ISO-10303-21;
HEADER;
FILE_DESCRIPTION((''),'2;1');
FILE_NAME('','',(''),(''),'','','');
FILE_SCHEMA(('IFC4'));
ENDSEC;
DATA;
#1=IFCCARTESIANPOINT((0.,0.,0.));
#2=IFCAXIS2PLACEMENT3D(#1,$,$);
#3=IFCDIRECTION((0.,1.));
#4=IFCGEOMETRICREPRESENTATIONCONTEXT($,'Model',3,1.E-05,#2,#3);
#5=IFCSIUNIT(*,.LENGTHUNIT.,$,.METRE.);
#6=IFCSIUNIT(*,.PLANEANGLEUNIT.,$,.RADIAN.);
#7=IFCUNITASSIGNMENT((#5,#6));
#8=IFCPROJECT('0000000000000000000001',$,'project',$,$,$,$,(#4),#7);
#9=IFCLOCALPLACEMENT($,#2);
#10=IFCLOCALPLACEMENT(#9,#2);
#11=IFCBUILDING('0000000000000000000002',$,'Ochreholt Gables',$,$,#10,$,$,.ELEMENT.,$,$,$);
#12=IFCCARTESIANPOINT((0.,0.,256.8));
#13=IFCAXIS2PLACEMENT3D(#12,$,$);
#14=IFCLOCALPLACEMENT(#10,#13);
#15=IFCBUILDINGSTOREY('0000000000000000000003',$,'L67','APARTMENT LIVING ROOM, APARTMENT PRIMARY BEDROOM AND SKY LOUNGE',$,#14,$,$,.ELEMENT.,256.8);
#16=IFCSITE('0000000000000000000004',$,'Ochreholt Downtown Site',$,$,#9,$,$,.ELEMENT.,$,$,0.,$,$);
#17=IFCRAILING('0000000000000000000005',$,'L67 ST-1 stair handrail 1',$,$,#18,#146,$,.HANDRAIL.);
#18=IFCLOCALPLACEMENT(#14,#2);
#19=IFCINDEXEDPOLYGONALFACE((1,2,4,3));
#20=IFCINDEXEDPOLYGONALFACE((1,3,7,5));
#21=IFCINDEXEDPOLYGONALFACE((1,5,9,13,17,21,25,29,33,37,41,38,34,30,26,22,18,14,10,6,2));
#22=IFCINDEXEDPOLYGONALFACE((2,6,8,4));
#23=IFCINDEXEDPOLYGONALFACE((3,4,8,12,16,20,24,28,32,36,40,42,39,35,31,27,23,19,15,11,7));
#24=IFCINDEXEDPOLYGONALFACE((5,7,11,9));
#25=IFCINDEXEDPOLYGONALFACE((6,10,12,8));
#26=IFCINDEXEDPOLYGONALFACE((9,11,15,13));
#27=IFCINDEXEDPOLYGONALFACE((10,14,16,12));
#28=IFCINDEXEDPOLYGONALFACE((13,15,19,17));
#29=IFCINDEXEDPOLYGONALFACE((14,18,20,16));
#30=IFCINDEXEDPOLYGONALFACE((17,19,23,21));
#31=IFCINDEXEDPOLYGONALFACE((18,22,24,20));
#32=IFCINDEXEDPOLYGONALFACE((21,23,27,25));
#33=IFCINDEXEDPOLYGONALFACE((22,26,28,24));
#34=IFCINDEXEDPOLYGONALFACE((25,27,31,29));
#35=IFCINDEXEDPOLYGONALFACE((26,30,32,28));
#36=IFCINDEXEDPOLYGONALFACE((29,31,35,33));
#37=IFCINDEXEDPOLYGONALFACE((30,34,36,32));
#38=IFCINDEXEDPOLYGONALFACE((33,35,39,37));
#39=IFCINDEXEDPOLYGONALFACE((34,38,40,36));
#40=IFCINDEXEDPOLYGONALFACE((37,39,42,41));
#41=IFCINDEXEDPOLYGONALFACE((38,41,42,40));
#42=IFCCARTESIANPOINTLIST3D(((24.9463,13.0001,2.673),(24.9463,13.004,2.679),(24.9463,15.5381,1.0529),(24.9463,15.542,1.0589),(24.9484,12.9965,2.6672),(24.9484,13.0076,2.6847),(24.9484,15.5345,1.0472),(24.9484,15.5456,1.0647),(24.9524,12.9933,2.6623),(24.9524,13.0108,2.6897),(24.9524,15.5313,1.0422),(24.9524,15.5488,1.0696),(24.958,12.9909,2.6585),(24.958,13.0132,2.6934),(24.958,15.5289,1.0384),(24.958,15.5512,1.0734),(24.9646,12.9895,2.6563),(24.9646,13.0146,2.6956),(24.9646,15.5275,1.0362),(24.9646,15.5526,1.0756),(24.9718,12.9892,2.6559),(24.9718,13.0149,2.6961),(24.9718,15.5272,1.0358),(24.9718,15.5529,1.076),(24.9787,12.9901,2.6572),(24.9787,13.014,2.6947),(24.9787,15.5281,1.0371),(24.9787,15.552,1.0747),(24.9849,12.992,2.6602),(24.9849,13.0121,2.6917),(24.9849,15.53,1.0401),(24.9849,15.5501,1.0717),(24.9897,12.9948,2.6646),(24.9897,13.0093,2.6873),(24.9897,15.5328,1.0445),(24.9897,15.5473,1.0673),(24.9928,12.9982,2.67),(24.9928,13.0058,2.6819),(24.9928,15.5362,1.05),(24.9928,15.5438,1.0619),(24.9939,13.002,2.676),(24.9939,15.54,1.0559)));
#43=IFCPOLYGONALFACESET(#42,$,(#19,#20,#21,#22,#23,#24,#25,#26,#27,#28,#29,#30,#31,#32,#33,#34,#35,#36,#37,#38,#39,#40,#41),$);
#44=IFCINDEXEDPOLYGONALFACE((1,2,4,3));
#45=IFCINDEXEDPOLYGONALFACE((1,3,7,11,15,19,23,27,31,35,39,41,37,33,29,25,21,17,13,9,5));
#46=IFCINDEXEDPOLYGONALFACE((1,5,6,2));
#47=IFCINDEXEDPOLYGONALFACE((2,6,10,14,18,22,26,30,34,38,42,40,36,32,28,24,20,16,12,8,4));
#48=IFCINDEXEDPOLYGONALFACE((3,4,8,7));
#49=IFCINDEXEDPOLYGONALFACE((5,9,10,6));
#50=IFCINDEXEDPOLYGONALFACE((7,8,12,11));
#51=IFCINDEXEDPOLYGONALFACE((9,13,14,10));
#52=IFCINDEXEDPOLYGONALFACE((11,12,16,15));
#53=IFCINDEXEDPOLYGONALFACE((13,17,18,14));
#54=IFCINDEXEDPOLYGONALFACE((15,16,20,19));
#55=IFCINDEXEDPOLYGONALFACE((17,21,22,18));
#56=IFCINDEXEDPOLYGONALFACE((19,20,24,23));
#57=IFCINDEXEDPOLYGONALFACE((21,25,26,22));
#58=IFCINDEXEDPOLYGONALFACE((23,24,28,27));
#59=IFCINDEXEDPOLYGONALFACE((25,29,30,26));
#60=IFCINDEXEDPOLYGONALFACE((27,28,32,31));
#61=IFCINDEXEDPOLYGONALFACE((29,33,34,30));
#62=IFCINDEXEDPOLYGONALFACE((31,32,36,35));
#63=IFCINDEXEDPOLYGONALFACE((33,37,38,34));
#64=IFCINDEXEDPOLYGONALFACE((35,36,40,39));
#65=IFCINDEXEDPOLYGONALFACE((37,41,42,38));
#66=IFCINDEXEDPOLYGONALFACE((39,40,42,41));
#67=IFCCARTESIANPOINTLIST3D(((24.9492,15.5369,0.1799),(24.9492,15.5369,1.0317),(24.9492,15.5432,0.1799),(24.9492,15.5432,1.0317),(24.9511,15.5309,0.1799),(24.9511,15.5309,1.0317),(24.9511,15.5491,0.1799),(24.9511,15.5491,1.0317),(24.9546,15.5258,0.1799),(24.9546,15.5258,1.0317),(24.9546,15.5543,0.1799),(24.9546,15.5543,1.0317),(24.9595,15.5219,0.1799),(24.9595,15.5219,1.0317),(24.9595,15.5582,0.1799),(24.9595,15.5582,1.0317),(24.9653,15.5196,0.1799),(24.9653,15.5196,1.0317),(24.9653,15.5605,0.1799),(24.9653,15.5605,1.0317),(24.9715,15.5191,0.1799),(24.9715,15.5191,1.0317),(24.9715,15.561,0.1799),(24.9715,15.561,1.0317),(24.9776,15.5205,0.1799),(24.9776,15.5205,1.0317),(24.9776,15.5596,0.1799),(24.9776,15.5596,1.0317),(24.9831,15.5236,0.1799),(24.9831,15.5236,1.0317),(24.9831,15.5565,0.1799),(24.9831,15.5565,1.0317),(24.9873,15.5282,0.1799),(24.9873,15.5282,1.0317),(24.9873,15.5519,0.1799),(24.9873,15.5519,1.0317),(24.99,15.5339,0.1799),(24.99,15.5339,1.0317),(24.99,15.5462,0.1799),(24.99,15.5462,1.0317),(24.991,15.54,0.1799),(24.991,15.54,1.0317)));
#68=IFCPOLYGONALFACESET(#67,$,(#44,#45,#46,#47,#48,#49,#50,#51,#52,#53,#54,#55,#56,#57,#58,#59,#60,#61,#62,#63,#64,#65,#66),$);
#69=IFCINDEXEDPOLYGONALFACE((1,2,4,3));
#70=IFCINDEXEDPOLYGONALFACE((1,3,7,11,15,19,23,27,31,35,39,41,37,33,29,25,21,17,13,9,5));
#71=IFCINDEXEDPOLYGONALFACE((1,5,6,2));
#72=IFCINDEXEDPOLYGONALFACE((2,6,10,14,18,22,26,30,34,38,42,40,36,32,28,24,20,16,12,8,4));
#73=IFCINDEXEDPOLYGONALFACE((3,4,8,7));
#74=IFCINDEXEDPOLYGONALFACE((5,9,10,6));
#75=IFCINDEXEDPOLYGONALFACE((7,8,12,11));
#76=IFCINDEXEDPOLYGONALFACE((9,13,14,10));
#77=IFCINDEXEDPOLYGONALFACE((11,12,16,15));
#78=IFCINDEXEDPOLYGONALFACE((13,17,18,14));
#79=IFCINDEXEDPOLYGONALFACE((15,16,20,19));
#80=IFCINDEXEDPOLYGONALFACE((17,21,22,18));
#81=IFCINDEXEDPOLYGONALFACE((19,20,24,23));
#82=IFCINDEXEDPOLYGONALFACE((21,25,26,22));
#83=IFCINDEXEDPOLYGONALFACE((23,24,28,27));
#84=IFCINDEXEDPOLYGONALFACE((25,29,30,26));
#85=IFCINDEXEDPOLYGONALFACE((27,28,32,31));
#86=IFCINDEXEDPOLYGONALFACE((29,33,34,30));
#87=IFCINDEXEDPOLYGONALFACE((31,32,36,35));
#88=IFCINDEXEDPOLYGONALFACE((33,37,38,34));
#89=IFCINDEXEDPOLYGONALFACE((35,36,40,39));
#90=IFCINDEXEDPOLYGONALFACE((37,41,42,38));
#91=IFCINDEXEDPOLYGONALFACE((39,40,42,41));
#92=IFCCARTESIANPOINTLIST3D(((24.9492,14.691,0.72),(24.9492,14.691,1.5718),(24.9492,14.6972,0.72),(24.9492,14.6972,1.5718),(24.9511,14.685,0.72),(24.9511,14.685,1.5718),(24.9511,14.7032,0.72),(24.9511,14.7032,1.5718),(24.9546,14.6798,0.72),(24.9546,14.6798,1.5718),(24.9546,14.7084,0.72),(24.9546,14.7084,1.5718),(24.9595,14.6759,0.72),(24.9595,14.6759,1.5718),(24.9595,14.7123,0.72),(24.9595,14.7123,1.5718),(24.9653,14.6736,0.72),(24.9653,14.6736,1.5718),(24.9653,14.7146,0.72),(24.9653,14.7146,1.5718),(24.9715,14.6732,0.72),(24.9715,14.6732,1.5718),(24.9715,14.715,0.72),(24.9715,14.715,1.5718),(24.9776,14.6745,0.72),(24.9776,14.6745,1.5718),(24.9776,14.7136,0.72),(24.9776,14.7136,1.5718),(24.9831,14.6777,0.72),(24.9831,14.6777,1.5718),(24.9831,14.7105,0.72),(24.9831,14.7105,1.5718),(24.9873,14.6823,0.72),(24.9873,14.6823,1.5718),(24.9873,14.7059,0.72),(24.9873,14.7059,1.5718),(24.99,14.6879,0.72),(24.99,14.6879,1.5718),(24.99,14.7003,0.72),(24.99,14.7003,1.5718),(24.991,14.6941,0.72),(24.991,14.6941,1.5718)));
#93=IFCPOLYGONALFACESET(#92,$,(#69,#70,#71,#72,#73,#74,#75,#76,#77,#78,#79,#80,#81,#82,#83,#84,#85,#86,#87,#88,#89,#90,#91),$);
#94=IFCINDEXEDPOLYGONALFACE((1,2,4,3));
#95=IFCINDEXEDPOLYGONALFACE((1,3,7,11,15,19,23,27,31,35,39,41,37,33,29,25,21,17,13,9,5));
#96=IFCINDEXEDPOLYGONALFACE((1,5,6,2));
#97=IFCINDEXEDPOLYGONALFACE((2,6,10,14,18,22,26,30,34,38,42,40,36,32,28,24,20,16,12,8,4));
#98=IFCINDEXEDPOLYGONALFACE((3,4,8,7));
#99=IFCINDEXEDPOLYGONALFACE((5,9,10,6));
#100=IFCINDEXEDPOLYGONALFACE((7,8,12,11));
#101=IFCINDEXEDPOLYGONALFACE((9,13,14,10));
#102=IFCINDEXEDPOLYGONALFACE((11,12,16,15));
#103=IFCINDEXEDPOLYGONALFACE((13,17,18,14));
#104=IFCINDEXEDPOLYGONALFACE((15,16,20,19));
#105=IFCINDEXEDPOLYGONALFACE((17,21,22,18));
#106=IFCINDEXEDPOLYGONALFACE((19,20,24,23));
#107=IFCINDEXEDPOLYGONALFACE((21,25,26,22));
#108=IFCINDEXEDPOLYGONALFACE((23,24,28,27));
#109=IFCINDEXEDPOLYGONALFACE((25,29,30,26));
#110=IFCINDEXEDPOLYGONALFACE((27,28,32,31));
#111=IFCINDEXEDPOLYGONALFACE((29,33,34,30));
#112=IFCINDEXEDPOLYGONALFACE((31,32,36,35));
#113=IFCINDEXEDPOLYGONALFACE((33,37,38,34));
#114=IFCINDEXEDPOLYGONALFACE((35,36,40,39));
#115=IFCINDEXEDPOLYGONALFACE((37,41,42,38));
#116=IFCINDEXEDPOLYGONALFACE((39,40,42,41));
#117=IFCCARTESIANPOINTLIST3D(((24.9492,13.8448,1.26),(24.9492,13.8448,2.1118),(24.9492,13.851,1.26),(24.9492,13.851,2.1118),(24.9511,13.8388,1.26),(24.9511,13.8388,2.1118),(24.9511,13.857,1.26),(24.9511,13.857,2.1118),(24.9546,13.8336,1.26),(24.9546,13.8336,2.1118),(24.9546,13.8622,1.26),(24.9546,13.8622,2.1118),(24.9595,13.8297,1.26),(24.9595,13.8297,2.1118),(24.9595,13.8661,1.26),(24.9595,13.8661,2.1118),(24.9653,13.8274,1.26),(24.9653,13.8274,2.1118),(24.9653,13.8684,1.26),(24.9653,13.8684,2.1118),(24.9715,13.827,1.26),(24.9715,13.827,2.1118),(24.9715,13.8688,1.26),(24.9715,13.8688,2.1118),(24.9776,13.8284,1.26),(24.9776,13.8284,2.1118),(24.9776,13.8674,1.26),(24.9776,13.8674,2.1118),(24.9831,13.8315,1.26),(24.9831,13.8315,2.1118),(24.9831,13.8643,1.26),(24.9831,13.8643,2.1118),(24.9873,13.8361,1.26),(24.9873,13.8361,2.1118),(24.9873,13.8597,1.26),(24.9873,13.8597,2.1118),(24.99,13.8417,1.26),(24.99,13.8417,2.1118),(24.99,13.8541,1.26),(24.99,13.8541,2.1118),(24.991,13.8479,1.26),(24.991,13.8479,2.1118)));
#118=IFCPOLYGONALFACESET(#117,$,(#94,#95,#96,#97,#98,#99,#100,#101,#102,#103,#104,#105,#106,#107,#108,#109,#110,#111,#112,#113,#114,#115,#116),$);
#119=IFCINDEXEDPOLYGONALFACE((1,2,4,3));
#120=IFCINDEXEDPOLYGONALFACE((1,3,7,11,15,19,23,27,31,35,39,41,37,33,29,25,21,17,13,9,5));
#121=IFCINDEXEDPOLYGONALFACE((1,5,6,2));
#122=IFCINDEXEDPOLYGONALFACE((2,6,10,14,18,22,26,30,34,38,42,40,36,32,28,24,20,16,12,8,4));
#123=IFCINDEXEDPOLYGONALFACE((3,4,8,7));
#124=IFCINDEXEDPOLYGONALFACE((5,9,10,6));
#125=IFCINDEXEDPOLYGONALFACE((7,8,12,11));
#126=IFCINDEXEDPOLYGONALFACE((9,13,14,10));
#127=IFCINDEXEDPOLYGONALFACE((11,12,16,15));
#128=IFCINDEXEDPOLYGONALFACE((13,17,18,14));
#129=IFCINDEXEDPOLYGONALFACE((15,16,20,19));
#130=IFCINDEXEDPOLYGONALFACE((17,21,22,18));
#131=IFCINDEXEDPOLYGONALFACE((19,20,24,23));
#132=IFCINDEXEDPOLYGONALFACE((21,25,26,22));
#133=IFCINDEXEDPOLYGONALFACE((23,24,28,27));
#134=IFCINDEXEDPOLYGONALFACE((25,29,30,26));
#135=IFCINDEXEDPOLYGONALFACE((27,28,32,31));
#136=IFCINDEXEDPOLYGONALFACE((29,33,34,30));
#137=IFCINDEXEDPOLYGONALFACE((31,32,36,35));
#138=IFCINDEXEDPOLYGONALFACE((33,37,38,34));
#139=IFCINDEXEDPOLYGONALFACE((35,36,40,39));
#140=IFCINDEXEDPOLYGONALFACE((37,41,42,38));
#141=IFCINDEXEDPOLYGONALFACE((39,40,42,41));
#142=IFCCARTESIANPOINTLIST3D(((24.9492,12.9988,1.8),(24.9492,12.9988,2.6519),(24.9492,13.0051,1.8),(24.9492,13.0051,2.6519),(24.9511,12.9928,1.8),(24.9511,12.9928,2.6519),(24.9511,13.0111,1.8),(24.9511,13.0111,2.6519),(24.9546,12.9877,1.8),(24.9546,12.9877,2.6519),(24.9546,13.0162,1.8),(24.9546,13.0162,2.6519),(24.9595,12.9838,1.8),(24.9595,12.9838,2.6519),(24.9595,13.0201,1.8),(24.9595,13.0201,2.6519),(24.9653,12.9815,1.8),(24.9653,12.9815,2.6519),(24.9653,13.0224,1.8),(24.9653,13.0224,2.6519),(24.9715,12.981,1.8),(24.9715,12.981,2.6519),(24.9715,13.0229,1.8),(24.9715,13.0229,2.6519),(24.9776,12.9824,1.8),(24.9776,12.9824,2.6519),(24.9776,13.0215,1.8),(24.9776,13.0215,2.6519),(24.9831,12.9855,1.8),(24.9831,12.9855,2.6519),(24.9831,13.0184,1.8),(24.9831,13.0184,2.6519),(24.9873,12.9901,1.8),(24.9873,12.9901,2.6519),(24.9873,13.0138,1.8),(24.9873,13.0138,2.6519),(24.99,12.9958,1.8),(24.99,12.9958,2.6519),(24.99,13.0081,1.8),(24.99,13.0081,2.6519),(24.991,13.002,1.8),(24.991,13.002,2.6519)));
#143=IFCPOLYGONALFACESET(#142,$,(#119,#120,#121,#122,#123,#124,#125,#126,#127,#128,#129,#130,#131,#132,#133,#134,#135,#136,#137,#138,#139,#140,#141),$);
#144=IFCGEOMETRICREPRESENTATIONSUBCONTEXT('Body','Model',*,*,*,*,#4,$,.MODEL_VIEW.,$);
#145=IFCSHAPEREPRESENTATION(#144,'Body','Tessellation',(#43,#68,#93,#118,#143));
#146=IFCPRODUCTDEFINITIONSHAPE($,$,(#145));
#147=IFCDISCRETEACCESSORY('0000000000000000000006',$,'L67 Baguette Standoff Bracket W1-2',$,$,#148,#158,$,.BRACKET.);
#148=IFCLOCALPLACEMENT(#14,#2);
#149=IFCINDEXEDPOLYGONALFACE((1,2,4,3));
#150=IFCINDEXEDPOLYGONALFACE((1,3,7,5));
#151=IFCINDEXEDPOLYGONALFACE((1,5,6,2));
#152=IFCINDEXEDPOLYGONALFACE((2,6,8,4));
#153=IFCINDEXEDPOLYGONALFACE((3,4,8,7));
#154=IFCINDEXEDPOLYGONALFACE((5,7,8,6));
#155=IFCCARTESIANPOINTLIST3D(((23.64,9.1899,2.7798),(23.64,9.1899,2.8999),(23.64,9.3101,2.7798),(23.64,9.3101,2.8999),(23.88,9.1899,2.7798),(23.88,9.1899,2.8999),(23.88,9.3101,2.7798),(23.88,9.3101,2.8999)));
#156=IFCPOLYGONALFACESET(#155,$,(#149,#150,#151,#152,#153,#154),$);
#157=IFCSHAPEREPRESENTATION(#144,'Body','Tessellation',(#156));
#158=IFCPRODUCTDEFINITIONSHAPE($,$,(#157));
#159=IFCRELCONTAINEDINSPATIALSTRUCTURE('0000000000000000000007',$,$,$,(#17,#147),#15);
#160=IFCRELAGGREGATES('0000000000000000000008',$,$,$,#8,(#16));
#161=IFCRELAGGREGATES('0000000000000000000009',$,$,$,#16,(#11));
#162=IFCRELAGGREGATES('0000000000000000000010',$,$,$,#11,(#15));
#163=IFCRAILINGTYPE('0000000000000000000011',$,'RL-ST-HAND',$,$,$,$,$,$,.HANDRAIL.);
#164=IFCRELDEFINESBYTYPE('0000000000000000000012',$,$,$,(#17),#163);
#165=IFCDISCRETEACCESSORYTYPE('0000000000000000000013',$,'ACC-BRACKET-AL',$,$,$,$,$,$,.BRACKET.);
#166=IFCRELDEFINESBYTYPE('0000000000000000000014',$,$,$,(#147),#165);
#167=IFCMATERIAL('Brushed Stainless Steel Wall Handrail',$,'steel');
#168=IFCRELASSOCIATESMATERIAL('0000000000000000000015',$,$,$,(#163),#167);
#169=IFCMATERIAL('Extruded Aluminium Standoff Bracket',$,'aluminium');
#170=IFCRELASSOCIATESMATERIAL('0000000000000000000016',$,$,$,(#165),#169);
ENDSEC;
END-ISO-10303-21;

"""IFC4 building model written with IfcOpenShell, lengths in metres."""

from ifc_helpers import new_model, si_unit, direction, frame, origin, origin_2d, place, context, subcontext, project, spatial, rectangle, circle, extrude, material, type_object, element, save


model = new_model("IFC4")

# Units and contexts
model_context = context("Model", 3, precision=1e-05, world=origin(), true_north=direction((0.0, 1.0)))
body_context = subcontext(model_context, "Body", "Model", "MODEL_VIEW")
ifc_project = project(units=[si_unit("LENGTHUNIT", "METRE"), si_unit("PLANEANGLEUNIT", "RADIAN")], contexts=[model_context])

# Site, building, storey
site_placement = place(None, origin())
site = spatial("IfcSite", under=ifc_project, at=site_placement, Name="Ochreholt Downtown Site", CompositionType="ELEMENT", RefElevation=0.0)
building_placement = place(site_placement, origin())
building = spatial("IfcBuilding", under=site, at=building_placement, Name="Ochreholt Gables", CompositionType="ELEMENT")
storey_placement = place(building_placement, frame((0.0, 0.0, 256.8)))
storey = spatial("IfcBuildingStorey", under=building, at=storey_placement, Name="L67", Description="APARTMENT LIVING ROOM, APARTMENT PRIMARY BEDROOM AND SKY LOUNGE", CompositionType="ELEMENT", Elevation=256.8)

# Railing
ifc_material_1 = material(Name="Brushed Stainless Steel Wall Handrail", Category="steel")
railing_type = type_object("IfcRailingType", Name="RL-ST-HAND", PredefinedType="HANDRAIL", material=ifc_material_1)
railing_placement = place(storey_placement, frame((24.97, 15.54, 0.1799)))
element("IfcRailing", 1, at=railing_placement, inside=storey, type_object=railing_type, Name="L67 ST-1 stair handrail 1", PredefinedType="HANDRAIL", context=body_context, shape_type="SweptSolid", body=[
    extrude(circle(Radius=0.0239, at=origin_2d()), frame((0.0, 0.0, 0.876), z_axis=(0.0, -0.842913, 0.53805), x_axis=(1.0, 0.0, 0.0)), (0.0, 0.0, 1.0), 3.011),
    extrude(circle(Radius=0.021, at=origin_2d()), origin(), (0.0, 0.0, 1.0), 0.8518),
    extrude(circle(Radius=0.021, at=origin_2d()), frame((0.0, -0.8459, 0.54)), (0.0, 0.0, 1.0), 0.8518),
    extrude(circle(Radius=0.021, at=origin_2d()), frame((0.0, -1.6921, 1.0801)), (0.0, 0.0, 1.0), 0.8518),
    extrude(circle(Radius=0.021, at=origin_2d()), frame((0.0, -2.5381, 1.6201)), (0.0, 0.0, 1.0), 0.8518),
])

# Discrete accessory
ifc_material_2 = material(Name="Extruded Aluminium Standoff Bracket", Category="aluminium")
discrete_accessory_type = type_object("IfcDiscreteAccessoryType", Name="ACC-BRACKET-AL", PredefinedType="BRACKET", material=ifc_material_2)
discrete_accessory_placement = place(storey_placement, frame((23.76, 9.25, 2.7798), z_axis=(0.0, 0.0, 1.0), x_axis=(0.0, -1.0, 0.0)))
element("IfcDiscreteAccessory", 2, at=discrete_accessory_placement, inside=storey, type_object=discrete_accessory_type, Name="L67 Baguette Standoff Bracket W1-2", PredefinedType="BRACKET", context=body_context, shape_type="SweptSolid", body=[
    extrude(rectangle(XDim=0.1201, YDim=0.24, at=origin_2d()), origin(), (0.0, 0.0, 1.0), 0.1201),
])

save(model, "model.ifc")
